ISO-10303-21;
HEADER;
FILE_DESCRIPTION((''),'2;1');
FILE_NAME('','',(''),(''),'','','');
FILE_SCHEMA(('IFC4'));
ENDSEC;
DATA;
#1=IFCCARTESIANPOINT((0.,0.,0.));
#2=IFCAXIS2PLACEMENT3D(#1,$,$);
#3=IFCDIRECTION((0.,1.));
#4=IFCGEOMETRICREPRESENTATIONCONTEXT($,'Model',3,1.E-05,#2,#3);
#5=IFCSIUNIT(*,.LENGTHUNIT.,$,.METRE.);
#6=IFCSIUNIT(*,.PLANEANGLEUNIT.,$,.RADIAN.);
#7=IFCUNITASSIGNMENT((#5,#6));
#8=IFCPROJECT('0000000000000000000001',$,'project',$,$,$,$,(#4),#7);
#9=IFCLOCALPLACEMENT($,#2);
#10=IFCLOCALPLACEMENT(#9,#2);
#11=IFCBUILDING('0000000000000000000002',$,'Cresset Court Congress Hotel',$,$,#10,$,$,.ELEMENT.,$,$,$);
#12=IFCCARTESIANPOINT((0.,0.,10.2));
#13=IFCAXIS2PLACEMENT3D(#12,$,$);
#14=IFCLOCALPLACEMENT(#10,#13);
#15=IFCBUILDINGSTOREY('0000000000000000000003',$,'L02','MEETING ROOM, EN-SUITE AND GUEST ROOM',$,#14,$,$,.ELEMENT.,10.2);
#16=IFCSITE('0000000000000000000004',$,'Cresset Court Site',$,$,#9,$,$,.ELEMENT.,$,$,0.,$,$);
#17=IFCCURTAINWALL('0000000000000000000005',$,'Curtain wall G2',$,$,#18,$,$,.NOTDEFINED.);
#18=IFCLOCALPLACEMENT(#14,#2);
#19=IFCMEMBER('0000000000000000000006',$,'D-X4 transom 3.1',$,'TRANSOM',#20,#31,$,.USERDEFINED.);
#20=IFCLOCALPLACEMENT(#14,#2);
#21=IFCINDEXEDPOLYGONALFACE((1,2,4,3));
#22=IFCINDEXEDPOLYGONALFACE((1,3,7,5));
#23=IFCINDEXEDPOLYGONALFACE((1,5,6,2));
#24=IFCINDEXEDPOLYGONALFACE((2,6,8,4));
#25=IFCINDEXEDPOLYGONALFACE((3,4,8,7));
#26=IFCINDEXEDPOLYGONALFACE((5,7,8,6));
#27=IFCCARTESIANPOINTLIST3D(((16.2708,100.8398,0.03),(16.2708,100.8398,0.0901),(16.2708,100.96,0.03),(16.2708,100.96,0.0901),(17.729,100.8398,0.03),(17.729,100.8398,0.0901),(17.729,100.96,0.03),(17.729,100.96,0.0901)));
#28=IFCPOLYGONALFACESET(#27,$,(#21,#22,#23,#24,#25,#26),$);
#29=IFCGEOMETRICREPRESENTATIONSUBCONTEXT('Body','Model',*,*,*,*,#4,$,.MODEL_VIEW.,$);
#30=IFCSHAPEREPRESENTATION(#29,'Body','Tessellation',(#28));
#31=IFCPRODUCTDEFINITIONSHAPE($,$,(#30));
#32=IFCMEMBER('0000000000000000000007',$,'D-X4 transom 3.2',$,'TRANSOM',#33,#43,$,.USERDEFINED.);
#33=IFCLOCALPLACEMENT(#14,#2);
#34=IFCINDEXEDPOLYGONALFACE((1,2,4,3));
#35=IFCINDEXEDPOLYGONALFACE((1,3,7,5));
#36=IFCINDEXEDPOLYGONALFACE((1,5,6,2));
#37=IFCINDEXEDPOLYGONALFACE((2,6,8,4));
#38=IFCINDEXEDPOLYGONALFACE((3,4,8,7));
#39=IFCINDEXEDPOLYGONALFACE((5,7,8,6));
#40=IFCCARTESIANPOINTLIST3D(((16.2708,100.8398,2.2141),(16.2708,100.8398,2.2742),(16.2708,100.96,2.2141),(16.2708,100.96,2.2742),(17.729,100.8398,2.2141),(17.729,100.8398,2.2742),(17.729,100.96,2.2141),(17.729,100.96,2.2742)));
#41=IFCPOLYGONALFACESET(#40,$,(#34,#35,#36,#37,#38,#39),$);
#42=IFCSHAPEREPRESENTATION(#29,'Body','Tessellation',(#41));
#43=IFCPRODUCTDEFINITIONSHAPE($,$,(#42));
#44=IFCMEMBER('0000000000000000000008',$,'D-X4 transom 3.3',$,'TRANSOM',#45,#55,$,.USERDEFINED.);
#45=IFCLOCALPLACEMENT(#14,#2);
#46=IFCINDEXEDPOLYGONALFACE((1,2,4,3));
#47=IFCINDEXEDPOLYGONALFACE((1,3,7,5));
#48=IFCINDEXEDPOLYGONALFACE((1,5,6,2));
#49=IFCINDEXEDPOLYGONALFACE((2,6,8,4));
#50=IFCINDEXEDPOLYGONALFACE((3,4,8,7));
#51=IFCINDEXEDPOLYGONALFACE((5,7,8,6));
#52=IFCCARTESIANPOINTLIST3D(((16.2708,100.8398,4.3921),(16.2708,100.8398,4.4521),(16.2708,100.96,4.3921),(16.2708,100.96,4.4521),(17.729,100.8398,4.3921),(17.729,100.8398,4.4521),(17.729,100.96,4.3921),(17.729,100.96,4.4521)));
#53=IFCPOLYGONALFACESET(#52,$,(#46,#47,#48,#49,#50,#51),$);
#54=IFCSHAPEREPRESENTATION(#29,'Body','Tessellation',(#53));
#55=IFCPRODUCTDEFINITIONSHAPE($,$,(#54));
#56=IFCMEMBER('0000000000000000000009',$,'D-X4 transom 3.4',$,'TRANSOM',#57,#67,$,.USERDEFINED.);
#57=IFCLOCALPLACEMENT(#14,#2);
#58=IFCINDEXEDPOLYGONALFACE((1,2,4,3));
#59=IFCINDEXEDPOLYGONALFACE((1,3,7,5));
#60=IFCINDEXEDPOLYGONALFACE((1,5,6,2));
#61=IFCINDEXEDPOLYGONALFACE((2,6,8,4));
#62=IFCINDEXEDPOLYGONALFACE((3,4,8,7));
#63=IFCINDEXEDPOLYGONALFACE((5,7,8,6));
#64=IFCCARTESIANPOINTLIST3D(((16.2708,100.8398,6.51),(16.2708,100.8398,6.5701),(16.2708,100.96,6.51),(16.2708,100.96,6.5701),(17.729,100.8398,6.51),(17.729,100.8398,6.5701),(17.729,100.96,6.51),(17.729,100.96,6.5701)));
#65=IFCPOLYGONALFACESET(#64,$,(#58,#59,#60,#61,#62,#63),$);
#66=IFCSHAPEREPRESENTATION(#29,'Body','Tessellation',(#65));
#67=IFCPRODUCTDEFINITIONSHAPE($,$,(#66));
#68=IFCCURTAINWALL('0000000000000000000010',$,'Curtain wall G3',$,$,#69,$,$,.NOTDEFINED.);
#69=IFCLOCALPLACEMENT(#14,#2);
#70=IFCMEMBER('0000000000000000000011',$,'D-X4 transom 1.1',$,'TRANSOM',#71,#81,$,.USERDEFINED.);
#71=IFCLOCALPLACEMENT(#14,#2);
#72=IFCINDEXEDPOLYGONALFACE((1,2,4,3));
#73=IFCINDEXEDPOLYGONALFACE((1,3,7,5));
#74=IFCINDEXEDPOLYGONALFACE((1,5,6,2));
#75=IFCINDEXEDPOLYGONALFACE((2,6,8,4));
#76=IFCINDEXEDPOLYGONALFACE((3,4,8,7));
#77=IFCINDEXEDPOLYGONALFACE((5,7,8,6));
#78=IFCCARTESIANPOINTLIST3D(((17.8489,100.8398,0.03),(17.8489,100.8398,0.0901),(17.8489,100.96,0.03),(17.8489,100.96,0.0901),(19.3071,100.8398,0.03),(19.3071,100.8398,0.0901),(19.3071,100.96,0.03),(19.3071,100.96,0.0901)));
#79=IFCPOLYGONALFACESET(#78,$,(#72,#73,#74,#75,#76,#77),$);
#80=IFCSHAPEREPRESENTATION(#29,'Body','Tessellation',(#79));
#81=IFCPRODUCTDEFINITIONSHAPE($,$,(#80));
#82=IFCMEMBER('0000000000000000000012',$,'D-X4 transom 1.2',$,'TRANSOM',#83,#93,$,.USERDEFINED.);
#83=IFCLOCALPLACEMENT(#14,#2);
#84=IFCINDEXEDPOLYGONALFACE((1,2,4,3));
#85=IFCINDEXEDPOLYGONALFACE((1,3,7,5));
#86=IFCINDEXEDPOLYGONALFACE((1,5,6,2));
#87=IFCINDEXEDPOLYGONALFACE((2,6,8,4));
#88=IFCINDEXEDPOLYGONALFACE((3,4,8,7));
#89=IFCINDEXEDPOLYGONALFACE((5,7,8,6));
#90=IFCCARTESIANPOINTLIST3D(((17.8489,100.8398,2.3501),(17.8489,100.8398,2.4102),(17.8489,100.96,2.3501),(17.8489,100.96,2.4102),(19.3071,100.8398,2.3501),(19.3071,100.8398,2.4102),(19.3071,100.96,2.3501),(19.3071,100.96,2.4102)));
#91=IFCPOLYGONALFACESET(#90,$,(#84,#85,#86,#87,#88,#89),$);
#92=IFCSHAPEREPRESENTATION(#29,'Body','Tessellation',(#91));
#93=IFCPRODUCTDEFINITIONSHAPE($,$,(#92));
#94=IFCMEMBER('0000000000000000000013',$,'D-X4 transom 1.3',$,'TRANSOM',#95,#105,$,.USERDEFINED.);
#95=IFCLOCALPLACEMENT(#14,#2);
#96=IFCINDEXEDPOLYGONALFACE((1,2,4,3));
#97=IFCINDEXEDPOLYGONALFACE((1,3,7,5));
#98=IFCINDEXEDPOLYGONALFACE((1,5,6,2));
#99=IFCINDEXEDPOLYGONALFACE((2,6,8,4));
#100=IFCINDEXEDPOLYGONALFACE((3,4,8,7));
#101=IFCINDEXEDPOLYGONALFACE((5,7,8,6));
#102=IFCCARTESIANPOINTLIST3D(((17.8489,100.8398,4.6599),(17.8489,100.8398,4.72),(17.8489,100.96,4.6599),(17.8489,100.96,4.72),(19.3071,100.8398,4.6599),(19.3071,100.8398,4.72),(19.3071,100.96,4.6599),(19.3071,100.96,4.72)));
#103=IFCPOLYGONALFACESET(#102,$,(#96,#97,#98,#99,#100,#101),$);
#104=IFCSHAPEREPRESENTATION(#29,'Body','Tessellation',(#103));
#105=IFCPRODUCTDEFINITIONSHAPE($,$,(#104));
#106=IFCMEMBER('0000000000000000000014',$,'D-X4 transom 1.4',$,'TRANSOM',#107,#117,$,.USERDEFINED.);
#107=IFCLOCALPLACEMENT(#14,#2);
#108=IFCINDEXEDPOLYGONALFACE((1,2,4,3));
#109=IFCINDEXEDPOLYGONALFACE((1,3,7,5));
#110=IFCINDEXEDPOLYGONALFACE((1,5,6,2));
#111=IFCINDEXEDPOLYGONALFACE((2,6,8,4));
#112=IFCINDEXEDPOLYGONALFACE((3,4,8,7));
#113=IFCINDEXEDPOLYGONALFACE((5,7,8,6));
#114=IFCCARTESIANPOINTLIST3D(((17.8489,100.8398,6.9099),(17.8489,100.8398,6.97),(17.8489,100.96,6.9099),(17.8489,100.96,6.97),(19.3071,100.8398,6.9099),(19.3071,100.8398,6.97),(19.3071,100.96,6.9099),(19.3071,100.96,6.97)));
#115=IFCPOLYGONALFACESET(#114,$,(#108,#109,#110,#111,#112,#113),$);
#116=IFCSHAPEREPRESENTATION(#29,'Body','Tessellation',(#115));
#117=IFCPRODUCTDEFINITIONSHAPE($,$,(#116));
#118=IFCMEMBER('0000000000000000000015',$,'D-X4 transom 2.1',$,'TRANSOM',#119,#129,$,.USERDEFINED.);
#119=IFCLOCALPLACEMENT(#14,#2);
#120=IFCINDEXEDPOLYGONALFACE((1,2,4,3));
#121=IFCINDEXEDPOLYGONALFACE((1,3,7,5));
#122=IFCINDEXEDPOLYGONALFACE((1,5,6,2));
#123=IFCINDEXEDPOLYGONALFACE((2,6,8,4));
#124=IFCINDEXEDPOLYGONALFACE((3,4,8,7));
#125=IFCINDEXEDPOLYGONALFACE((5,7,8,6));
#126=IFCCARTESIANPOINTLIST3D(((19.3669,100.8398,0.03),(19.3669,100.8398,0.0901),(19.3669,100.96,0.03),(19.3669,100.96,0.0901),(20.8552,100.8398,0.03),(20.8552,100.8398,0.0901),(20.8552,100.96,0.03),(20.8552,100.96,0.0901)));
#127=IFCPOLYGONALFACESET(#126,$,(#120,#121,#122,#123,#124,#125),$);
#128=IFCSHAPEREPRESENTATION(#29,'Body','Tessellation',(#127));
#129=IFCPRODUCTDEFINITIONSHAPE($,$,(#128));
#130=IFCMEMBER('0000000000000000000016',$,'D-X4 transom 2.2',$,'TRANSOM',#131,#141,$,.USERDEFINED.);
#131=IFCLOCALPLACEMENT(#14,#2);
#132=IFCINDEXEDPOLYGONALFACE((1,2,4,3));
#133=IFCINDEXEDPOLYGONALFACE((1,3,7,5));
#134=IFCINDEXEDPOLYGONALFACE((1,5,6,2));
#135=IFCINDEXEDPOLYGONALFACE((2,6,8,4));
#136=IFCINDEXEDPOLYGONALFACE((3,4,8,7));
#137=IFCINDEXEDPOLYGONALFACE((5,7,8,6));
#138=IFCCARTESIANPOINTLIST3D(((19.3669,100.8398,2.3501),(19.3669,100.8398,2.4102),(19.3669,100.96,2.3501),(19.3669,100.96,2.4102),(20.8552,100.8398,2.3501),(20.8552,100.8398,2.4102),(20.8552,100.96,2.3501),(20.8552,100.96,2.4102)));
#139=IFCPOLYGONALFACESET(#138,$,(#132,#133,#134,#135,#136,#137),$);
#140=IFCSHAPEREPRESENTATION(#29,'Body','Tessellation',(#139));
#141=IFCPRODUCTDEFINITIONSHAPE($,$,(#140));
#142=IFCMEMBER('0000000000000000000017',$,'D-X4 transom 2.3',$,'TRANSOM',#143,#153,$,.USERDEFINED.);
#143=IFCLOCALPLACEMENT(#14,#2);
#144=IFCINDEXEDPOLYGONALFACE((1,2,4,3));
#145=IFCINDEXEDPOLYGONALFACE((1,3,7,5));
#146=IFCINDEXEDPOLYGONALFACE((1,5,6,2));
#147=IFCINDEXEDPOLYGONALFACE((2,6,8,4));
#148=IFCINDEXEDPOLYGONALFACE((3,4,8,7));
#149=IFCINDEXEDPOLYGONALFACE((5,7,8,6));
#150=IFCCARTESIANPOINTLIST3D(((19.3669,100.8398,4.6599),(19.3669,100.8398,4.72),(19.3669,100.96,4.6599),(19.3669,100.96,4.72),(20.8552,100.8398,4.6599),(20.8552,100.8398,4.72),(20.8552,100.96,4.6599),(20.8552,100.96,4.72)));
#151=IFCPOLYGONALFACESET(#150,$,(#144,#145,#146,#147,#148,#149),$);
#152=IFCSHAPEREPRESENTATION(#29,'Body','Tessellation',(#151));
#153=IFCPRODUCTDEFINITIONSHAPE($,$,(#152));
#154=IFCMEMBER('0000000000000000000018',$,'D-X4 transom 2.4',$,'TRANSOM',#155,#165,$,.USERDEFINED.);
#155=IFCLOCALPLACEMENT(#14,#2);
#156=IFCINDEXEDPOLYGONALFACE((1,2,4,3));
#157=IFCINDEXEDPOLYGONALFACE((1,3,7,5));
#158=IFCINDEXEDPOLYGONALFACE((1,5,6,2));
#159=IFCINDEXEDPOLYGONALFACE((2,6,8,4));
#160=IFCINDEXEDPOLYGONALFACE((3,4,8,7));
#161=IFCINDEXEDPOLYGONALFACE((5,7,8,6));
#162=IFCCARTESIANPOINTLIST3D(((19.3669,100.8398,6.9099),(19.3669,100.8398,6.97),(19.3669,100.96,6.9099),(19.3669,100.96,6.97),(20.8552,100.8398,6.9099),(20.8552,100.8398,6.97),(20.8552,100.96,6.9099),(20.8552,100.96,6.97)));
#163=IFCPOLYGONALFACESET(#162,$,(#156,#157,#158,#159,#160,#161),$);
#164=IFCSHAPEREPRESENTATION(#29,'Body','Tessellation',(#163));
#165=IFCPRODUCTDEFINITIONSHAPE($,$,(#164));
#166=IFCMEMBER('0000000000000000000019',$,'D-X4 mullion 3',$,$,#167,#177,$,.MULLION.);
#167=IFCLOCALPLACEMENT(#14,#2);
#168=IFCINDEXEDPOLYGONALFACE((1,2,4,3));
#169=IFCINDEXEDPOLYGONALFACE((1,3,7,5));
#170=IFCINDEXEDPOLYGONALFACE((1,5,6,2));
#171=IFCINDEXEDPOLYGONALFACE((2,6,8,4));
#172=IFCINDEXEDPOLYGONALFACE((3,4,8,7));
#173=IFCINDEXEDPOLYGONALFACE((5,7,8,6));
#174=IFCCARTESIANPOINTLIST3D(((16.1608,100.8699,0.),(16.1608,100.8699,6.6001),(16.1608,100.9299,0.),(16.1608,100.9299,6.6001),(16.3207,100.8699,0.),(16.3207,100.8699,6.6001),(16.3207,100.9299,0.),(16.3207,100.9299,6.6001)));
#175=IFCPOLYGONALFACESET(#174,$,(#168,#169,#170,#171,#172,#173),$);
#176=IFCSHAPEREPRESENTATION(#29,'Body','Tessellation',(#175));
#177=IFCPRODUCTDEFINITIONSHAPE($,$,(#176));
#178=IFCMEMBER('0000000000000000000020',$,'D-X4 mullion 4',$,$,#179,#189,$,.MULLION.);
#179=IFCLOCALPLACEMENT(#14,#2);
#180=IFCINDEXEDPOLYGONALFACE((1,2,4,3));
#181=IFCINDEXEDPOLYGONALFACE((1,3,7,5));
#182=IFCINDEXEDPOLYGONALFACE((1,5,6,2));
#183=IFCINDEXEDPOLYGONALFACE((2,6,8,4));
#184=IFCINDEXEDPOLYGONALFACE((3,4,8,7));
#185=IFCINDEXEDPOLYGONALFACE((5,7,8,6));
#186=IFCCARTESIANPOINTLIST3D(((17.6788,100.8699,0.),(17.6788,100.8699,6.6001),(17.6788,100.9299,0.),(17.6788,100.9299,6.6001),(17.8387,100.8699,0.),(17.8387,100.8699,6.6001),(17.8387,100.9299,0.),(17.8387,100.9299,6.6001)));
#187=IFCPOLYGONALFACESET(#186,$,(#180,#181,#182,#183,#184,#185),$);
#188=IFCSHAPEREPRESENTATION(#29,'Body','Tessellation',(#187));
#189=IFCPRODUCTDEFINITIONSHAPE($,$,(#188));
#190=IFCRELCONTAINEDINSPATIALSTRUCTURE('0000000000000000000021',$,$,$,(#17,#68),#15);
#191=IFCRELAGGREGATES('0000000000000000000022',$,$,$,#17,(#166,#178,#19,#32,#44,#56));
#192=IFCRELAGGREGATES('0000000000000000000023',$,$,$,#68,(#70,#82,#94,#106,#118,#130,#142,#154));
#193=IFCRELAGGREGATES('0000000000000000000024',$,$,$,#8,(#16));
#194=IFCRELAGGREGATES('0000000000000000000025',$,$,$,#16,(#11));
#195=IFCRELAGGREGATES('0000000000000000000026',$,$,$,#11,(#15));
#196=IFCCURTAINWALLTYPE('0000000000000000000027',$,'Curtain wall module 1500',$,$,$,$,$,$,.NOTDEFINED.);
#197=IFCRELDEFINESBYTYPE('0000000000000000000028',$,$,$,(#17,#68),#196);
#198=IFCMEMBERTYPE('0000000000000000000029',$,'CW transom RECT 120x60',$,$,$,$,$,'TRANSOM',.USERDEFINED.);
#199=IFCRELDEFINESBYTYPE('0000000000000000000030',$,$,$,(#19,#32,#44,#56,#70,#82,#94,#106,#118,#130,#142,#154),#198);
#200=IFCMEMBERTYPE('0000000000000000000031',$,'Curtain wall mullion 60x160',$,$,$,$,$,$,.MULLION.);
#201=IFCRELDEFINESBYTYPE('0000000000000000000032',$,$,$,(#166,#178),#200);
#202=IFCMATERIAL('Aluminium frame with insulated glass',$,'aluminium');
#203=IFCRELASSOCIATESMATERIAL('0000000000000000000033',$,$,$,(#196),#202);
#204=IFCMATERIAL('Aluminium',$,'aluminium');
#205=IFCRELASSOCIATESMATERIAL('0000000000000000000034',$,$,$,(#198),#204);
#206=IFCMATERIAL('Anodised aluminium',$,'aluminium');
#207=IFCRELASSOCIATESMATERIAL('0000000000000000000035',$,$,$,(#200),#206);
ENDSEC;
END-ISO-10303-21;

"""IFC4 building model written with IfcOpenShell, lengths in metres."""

from ifc_helpers import new_model, si_unit, direction, frame, origin, origin_2d, place, context, subcontext, project, spatial, rectangle, extrude, material, material_profile, profile_set, type_object, element, aggregate, save


model = new_model("IFC4")

# Units and contexts
model_context = context("Model", 3, precision=1e-05, world=origin(), true_north=direction((0.0, 1.0)))
body_context = subcontext(model_context, "Body", "Model", "MODEL_VIEW")
ifc_project = project(units=[si_unit("LENGTHUNIT", "METRE"), si_unit("PLANEANGLEUNIT", "RADIAN")], contexts=[model_context])

# Site, building, storey
site_placement = place(None, origin())
site = spatial("IfcSite", under=ifc_project, at=site_placement, Name="Cresset Court Site", CompositionType="ELEMENT", RefElevation=0.0)
building_placement = place(site_placement, origin())
building = spatial("IfcBuilding", under=site, at=building_placement, Name="Cresset Court Congress Hotel", CompositionType="ELEMENT")
storey_placement = place(building_placement, frame((0.0, 0.0, 10.2)))
storey = spatial("IfcBuildingStorey", under=building, at=storey_placement, Name="L02", Description="MEETING ROOM, EN-SUITE AND GUEST ROOM", CompositionType="ELEMENT", Elevation=10.2)

# Curtain walls, members
ifc_material_1 = material(Name="Aluminium frame with insulated glass", Category="aluminium")
curtain_wall_type = type_object("IfcCurtainWallType", Name="Curtain wall module 1500", PredefinedType="NOTDEFINED", material=ifc_material_1)
curtain_wall_1_placement = place(storey_placement, origin())
curtain_wall_1 = element("IfcCurtainWall", 1, at=curtain_wall_1_placement, inside=storey, type_object=curtain_wall_type, Name="Curtain wall G2", PredefinedType="NOTDEFINED")
ifc_material_2 = material(Name="Aluminium", Category="aluminium")
ifc_material_profile_1 = material_profile(ifc_material_2, rectangle(XDim=0.1201, YDim=0.0601, at=origin_2d()), Name="AL 120x60")
ifc_profile_set_1 = profile_set([ifc_material_profile_1], Name="Aluminium")
member_type_1 = type_object("IfcMemberType", Name="CW transom RECT 120x60", ElementType="TRANSOM", PredefinedType="USERDEFINED", material=ifc_profile_set_1)
member_1_placement = place(storey_placement, frame((16.2708, 100.8999, 0.0601), z_axis=(1.0, 0.0, 0.0), x_axis=(0.0, 1.0, 0.0)))
member_1 = element("IfcMember", 2, at=member_1_placement, type_object=member_type_1, Name="D-X4 transom 3.1", ObjectType="TRANSOM", PredefinedType="USERDEFINED", context=body_context, shape_type="SweptSolid", body=[
    extrude(rectangle(XDim=0.1201, YDim=0.0601, at=origin_2d()), origin(), (0.0, 0.0, 1.0), 1.4583),
])
member_2_placement = place(storey_placement, frame((16.2708, 100.8999, 2.2441), z_axis=(1.0, 0.0, 0.0), x_axis=(0.0, 1.0, 0.0)))
member_2 = element("IfcMember", 3, at=member_2_placement, type_object=member_type_1, Name="D-X4 transom 3.2", ObjectType="TRANSOM", PredefinedType="USERDEFINED", context=body_context, shape_type="SweptSolid", body=[
    extrude(rectangle(XDim=0.1201, YDim=0.0601, at=origin_2d()), origin(), (0.0, 0.0, 1.0), 1.4583),
])
member_3_placement = place(storey_placement, frame((16.2708, 100.8999, 4.4221), z_axis=(1.0, 0.0, 0.0), x_axis=(0.0, 1.0, 0.0)))
member_3 = element("IfcMember", 4, at=member_3_placement, type_object=member_type_1, Name="D-X4 transom 3.3", ObjectType="TRANSOM", PredefinedType="USERDEFINED", context=body_context, shape_type="SweptSolid", body=[
    extrude(rectangle(XDim=0.1201, YDim=0.0601, at=origin_2d()), origin(), (0.0, 0.0, 1.0), 1.4583),
])
member_4_placement = place(storey_placement, frame((16.2708, 100.8999, 6.54), z_axis=(1.0, 0.0, 0.0), x_axis=(0.0, 1.0, 0.0)))
member_4 = element("IfcMember", 5, at=member_4_placement, type_object=member_type_1, Name="D-X4 transom 3.4", ObjectType="TRANSOM", PredefinedType="USERDEFINED", context=body_context, shape_type="SweptSolid", body=[
    extrude(rectangle(XDim=0.1201, YDim=0.0601, at=origin_2d()), origin(), (0.0, 0.0, 1.0), 1.4583),
])
curtain_wall_2_placement = place(storey_placement, origin())
curtain_wall_2 = element("IfcCurtainWall", 6, at=curtain_wall_2_placement, inside=storey, type_object=curtain_wall_type, Name="Curtain wall G3", PredefinedType="NOTDEFINED")
member_5_placement = place(storey_placement, frame((17.8489, 100.8999, 0.0601), z_axis=(1.0, 0.0, 0.0), x_axis=(0.0, 1.0, 0.0)))
member_5 = element("IfcMember", 7, at=member_5_placement, type_object=member_type_1, Name="D-X4 transom 1.1", ObjectType="TRANSOM", PredefinedType="USERDEFINED", context=body_context, shape_type="SweptSolid", body=[
    extrude(rectangle(XDim=0.1201, YDim=0.0601, at=origin_2d()), origin(), (0.0, 0.0, 1.0), 1.4583),
])
member_6_placement = place(storey_placement, frame((17.8489, 100.8999, 2.3801), z_axis=(1.0, 0.0, 0.0), x_axis=(0.0, 1.0, 0.0)))
member_6 = element("IfcMember", 8, at=member_6_placement, type_object=member_type_1, Name="D-X4 transom 1.2", ObjectType="TRANSOM", PredefinedType="USERDEFINED", context=body_context, shape_type="SweptSolid", body=[
    extrude(rectangle(XDim=0.1201, YDim=0.0601, at=origin_2d()), origin(), (0.0, 0.0, 1.0), 1.4583),
])
member_7_placement = place(storey_placement, frame((17.8489, 100.8999, 4.6899), z_axis=(1.0, 0.0, 0.0), x_axis=(0.0, 1.0, 0.0)))
member_7 = element("IfcMember", 9, at=member_7_placement, type_object=member_type_1, Name="D-X4 transom 1.3", ObjectType="TRANSOM", PredefinedType="USERDEFINED", context=body_context, shape_type="SweptSolid", body=[
    extrude(rectangle(XDim=0.1201, YDim=0.0601, at=origin_2d()), origin(), (0.0, 0.0, 1.0), 1.4583),
])
member_8_placement = place(storey_placement, frame((17.8489, 100.8999, 6.9399), z_axis=(1.0, 0.0, 0.0), x_axis=(0.0, 1.0, 0.0)))
member_8 = element("IfcMember", 10, at=member_8_placement, type_object=member_type_1, Name="D-X4 transom 1.4", ObjectType="TRANSOM", PredefinedType="USERDEFINED", context=body_context, shape_type="SweptSolid", body=[
    extrude(rectangle(XDim=0.1201, YDim=0.0601, at=origin_2d()), origin(), (0.0, 0.0, 1.0), 1.4583),
])
member_9_placement = place(storey_placement, frame((19.3669, 100.8999, 0.0601), z_axis=(1.0, 0.0, 0.0), x_axis=(0.0, 1.0, 0.0)))
member_9 = element("IfcMember", 11, at=member_9_placement, type_object=member_type_1, Name="D-X4 transom 2.1", ObjectType="TRANSOM", PredefinedType="USERDEFINED", context=body_context, shape_type="SweptSolid", body=[
    extrude(rectangle(XDim=0.1201, YDim=0.0601, at=origin_2d()), origin(), (0.0, 0.0, 1.0), 1.4883),
])
member_10_placement = place(storey_placement, frame((19.3669, 100.8999, 2.3801), z_axis=(1.0, 0.0, 0.0), x_axis=(0.0, 1.0, 0.0)))
member_10 = element("IfcMember", 12, at=member_10_placement, type_object=member_type_1, Name="D-X4 transom 2.2", ObjectType="TRANSOM", PredefinedType="USERDEFINED", context=body_context, shape_type="SweptSolid", body=[
    extrude(rectangle(XDim=0.1201, YDim=0.0601, at=origin_2d()), origin(), (0.0, 0.0, 1.0), 1.4883),
])
member_11_placement = place(storey_placement, frame((19.3669, 100.8999, 4.6899), z_axis=(1.0, 0.0, 0.0), x_axis=(0.0, 1.0, 0.0)))
member_11 = element("IfcMember", 13, at=member_11_placement, type_object=member_type_1, Name="D-X4 transom 2.3", ObjectType="TRANSOM", PredefinedType="USERDEFINED", context=body_context, shape_type="SweptSolid", body=[
    extrude(rectangle(XDim=0.1201, YDim=0.0601, at=origin_2d()), origin(), (0.0, 0.0, 1.0), 1.4883),
])
member_12_placement = place(storey_placement, frame((19.3669, 100.8999, 6.9399), z_axis=(1.0, 0.0, 0.0), x_axis=(0.0, 1.0, 0.0)))
member_12 = element("IfcMember", 14, at=member_12_placement, type_object=member_type_1, Name="D-X4 transom 2.4", ObjectType="TRANSOM", PredefinedType="USERDEFINED", context=body_context, shape_type="SweptSolid", body=[
    extrude(rectangle(XDim=0.1201, YDim=0.0601, at=origin_2d()), origin(), (0.0, 0.0, 1.0), 1.4883),
])

# Members
ifc_material_3 = material(Name="Anodised aluminium", Category="aluminium")
ifc_material_profile_2 = material_profile(ifc_material_3, rectangle(XDim=0.0601, YDim=0.1599, at=origin_2d()), Name="AL60x160")
ifc_profile_set_2 = profile_set([ifc_material_profile_2], Name="Anodised aluminium")
member_type_2 = type_object("IfcMemberType", Name="Curtain wall mullion 60x160", PredefinedType="MULLION", material=ifc_profile_set_2)
member_13_placement = place(storey_placement, frame((16.2407, 100.8999, 0.0), z_axis=(0.0, 0.0, 1.0), x_axis=(0.0, 1.0, 0.0)))
member_13 = element("IfcMember", 15, at=member_13_placement, type_object=member_type_2, Name="D-X4 mullion 3", PredefinedType="MULLION", context=body_context, shape_type="SweptSolid", body=[
    extrude(rectangle(XDim=0.0601, YDim=0.1599, at=origin_2d()), origin(), (0.0, 0.0, 1.0), 6.6001),
])
member_14_placement = place(storey_placement, frame((17.7588, 100.8999, 0.0), z_axis=(0.0, 0.0, 1.0), x_axis=(0.0, 1.0, 0.0)))
member_14 = element("IfcMember", 16, at=member_14_placement, type_object=member_type_2, Name="D-X4 mullion 4", PredefinedType="MULLION", context=body_context, shape_type="SweptSolid", body=[
    extrude(rectangle(XDim=0.0601, YDim=0.1599, at=origin_2d()), origin(), (0.0, 0.0, 1.0), 6.6001),
])

aggregate(curtain_wall_1, [member_13, member_14, member_1, member_2, member_3, member_4])
aggregate(curtain_wall_2, [member_5, member_6, member_7, member_8, member_9, member_10, member_11, member_12])

save(model, "model.ifc")
